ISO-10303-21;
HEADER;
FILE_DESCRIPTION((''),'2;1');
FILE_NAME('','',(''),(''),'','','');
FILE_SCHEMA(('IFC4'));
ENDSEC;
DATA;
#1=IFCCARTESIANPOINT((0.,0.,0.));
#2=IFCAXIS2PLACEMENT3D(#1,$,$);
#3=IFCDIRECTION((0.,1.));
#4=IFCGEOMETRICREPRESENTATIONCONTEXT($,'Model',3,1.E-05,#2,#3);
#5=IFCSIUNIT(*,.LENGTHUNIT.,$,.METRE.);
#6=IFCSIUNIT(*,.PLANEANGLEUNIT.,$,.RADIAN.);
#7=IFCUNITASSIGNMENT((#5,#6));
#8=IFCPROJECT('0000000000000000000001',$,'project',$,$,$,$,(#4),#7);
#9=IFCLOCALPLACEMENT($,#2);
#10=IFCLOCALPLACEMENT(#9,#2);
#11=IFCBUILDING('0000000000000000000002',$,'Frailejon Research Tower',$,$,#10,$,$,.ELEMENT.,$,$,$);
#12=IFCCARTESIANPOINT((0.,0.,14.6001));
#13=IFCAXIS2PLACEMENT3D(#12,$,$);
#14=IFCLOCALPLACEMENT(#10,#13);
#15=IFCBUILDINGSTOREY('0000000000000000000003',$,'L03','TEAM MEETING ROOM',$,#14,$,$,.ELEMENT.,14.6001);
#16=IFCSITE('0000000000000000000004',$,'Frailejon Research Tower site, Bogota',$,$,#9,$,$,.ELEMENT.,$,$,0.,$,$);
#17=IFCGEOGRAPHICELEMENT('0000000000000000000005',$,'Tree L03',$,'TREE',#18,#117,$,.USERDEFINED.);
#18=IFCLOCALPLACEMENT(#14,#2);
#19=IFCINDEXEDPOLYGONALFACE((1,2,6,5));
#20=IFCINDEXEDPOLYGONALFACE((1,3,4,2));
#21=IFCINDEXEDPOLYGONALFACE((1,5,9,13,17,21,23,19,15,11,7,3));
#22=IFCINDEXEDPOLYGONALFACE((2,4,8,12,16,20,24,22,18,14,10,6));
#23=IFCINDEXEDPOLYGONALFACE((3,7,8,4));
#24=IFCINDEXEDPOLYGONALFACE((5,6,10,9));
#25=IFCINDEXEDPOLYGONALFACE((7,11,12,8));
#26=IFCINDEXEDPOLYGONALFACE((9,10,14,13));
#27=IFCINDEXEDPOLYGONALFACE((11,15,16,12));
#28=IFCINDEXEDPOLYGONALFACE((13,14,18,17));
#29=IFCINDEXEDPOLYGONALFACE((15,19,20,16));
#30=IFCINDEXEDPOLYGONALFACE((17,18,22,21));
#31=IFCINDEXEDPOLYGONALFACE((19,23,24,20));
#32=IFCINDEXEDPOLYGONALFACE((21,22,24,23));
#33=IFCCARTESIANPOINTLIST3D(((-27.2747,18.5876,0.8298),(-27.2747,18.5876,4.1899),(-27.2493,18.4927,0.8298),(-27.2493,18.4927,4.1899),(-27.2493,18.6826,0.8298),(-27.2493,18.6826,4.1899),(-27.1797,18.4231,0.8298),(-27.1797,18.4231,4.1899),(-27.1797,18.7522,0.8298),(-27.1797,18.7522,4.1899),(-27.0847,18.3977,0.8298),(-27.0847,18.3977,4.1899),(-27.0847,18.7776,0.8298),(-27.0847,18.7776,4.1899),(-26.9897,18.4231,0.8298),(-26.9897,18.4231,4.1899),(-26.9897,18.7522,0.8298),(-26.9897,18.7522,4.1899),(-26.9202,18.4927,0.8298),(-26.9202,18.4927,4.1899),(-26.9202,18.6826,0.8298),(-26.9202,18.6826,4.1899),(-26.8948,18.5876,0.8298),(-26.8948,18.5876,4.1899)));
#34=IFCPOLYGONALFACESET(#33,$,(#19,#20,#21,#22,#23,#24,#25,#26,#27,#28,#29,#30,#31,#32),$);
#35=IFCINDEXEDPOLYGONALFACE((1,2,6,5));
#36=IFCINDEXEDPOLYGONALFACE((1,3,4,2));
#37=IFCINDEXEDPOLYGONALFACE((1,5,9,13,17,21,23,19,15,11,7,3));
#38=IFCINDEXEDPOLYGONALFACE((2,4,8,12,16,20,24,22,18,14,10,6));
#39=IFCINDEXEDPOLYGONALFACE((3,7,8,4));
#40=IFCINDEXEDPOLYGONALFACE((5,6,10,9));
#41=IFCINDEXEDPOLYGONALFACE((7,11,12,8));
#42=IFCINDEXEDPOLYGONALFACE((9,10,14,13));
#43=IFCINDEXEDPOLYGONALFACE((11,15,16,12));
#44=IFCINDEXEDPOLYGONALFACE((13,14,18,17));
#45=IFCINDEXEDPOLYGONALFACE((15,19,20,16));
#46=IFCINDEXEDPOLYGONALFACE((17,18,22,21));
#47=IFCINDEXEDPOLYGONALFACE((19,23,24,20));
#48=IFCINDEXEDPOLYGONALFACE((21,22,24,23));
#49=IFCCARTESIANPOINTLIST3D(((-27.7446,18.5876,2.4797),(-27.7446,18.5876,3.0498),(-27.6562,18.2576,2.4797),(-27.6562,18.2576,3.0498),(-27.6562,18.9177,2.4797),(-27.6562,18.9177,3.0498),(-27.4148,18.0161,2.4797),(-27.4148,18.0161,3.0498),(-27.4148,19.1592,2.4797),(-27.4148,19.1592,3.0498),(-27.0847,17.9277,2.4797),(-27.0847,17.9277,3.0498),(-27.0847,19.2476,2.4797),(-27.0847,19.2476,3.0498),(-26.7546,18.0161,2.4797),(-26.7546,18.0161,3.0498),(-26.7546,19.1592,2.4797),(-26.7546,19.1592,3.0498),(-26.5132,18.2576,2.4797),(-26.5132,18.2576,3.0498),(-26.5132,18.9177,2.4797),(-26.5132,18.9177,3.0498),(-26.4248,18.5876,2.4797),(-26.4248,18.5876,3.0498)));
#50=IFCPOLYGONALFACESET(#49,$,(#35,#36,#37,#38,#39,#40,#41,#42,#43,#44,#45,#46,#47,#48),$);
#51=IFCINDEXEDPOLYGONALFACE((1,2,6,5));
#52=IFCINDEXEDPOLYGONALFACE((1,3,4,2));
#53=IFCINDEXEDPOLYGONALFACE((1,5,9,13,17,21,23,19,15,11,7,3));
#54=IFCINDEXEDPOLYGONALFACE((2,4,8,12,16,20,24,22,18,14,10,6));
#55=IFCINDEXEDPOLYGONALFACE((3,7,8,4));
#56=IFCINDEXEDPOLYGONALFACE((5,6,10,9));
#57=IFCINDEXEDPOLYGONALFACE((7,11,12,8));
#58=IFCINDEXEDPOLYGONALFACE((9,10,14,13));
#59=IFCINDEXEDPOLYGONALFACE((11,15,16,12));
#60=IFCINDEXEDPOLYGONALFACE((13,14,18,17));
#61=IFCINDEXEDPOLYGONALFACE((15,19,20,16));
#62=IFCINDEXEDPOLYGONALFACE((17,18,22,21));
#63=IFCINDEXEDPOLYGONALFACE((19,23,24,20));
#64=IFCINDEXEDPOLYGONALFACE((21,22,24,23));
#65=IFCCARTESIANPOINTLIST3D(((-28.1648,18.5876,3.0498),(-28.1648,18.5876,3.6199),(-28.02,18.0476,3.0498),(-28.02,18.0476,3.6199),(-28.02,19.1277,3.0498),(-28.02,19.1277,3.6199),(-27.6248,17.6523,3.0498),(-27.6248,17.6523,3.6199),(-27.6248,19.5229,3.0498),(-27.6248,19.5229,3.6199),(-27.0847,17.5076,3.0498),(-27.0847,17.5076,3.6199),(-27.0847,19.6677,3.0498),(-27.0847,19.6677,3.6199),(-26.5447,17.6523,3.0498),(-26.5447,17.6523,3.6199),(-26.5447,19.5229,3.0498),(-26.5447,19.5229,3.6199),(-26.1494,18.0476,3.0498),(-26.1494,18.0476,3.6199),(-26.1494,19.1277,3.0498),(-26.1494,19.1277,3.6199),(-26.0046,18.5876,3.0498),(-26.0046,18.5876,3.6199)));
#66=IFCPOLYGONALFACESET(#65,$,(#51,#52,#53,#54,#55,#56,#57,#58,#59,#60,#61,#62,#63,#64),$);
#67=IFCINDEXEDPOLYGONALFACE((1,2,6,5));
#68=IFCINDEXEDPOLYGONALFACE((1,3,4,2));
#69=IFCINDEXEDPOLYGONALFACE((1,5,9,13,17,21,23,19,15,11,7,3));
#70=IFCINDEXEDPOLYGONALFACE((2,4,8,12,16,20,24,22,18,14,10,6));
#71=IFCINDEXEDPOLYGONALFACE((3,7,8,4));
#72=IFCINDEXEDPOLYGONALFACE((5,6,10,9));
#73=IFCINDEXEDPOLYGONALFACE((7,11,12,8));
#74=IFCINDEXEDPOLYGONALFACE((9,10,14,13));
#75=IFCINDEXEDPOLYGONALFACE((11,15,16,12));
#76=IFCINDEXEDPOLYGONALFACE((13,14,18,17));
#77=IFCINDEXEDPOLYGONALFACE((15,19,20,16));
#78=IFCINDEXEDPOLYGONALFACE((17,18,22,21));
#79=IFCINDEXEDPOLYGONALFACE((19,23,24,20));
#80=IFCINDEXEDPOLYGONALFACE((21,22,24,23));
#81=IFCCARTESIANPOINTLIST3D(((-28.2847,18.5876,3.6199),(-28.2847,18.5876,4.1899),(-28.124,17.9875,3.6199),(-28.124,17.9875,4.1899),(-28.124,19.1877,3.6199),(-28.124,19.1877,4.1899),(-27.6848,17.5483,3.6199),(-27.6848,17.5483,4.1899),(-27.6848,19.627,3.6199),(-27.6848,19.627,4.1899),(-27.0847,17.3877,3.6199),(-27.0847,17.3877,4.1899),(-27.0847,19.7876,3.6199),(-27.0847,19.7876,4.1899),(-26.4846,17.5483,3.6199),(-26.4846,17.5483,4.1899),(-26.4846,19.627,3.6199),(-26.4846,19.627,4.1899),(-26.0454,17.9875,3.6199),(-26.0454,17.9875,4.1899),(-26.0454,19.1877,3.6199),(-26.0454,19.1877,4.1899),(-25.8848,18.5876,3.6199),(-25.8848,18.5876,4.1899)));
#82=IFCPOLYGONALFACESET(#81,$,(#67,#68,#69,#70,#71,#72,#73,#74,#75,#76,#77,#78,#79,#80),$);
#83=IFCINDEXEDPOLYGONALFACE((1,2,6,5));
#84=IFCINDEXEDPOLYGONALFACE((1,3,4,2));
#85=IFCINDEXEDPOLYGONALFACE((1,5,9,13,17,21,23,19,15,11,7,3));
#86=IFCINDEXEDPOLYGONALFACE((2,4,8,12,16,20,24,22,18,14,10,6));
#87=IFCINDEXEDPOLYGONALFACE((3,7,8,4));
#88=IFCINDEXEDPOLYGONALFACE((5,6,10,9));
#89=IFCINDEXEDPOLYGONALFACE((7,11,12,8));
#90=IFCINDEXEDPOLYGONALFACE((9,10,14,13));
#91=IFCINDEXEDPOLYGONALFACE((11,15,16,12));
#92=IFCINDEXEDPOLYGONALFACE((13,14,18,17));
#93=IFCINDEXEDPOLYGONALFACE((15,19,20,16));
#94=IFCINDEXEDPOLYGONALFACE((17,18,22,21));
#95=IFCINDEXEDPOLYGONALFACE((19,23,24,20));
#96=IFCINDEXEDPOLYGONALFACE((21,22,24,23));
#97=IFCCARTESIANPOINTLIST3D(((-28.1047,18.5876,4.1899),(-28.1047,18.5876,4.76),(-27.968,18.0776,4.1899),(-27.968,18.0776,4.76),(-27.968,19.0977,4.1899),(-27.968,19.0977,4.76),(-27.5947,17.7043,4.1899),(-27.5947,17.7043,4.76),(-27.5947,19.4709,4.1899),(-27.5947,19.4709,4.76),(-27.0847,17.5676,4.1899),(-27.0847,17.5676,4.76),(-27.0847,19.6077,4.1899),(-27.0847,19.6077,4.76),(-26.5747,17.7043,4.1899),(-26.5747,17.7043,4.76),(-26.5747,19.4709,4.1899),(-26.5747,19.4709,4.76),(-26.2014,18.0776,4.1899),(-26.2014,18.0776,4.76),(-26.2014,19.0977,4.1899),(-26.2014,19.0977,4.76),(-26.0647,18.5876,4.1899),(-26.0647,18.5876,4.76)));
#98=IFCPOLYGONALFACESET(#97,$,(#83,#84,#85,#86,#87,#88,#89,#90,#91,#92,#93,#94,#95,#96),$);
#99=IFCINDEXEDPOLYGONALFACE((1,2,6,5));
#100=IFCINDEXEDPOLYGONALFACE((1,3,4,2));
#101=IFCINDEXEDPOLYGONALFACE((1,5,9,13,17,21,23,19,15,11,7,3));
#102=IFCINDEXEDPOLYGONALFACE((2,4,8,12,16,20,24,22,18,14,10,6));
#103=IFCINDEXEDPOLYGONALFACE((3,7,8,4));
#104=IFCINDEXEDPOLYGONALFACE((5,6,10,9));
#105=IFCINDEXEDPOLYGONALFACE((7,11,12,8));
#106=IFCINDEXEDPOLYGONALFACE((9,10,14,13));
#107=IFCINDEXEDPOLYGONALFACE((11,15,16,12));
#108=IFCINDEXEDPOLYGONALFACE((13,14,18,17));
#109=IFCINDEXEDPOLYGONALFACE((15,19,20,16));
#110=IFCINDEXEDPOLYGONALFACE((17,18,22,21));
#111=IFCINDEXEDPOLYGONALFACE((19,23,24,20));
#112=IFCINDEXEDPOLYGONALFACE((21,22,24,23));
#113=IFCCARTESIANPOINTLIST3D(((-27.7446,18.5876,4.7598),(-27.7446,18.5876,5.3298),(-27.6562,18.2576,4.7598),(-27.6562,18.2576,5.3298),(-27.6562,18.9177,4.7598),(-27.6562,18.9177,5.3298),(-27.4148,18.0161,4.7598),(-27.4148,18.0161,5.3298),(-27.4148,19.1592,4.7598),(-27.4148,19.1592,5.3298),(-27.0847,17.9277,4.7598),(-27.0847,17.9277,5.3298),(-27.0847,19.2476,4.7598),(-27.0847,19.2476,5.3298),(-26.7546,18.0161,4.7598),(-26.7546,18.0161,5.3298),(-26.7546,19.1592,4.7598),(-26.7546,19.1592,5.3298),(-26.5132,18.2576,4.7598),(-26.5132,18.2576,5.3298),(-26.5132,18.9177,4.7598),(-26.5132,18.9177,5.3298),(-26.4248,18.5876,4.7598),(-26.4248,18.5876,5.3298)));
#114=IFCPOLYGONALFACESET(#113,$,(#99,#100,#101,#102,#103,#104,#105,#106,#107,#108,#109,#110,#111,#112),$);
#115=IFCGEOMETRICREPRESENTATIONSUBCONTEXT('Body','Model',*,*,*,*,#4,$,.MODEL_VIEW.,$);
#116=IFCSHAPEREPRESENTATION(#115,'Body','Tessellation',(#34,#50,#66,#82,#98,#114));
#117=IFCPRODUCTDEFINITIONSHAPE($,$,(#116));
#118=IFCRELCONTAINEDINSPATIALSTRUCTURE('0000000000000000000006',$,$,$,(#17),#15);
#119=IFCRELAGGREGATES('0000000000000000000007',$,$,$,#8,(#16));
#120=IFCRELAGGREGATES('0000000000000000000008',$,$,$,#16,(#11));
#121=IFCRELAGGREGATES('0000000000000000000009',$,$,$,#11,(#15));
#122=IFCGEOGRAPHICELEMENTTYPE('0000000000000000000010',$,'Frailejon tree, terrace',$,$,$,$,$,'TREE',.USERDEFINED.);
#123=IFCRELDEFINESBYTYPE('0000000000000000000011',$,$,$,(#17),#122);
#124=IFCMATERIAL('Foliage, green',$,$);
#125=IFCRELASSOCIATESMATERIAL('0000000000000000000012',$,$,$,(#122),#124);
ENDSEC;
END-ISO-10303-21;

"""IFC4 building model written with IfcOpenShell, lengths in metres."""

from ifc_helpers import new_model, si_unit, direction, frame, origin, place, context, subcontext, project, spatial, polyline, outline, extrude, material, type_object, element, save


model = new_model("IFC4")

# Units and contexts
model_context = context("Model", 3, precision=1e-05, world=origin(), true_north=direction((0.0, 1.0)))
body_context = subcontext(model_context, "Body", "Model", "MODEL_VIEW")
ifc_project = project(units=[si_unit("LENGTHUNIT", "METRE"), si_unit("PLANEANGLEUNIT", "RADIAN")], contexts=[model_context])

# Site, building, storey
site_placement = place(None, origin())
site = spatial("IfcSite", under=ifc_project, at=site_placement, Name="Frailejon Research Tower site, Bogota", CompositionType="ELEMENT", RefElevation=0.0)
building_placement = place(site_placement, origin())
building = spatial("IfcBuilding", under=site, at=building_placement, Name="Frailejon Research Tower", CompositionType="ELEMENT")
storey_placement = place(building_placement, frame((0.0, 0.0, 14.6001)))
storey = spatial("IfcBuildingStorey", under=building, at=storey_placement, Name="L03", Description="TEAM MEETING ROOM", CompositionType="ELEMENT", Elevation=14.6001)

# Geographic element
ifc_material_1 = material(Name="Foliage, green")
geographic_element_type = type_object("IfcGeographicElementType", Name="Frailejon tree, terrace", ElementType="TREE", PredefinedType="USERDEFINED", material=ifc_material_1)
geographic_element_placement = place(storey_placement, frame((-27.0847, 18.5876, 0.8298)))
element("IfcGeographicElement", 1, at=geographic_element_placement, inside=storey, type_object=geographic_element_type, Name="Tree L03", ObjectType="TREE", PredefinedType="USERDEFINED", context=body_context, shape_type="SweptSolid", body=[
    extrude(outline(polyline([(0.1899, 0.0), (0.1646, 0.095), (0.095, 0.1646), (0.0, 0.1899), (-0.095, 0.1646), (-0.1646, 0.095), (-0.1899, 0.0), (-0.1646, -0.095), (-0.095, -0.1646), (0.0, -0.1899), (0.095, -0.1646), (0.1646, -0.095), (0.1899, 0.0)])), origin(), (0.0, 0.0, 1.0), 3.3601),
    extrude(outline(polyline([(0.6599, 0.0), (0.5715, 0.3301), (0.3301, 0.5715), (0.0, 0.6599), (-0.3301, 0.5715), (-0.5715, 0.3301), (-0.6599, 0.0), (-0.5715, -0.3301), (-0.3301, -0.5715), (0.0, -0.6599), (0.3301, -0.5715), (0.5715, -0.3301), (0.6599, 0.0)])), frame((0.0, 0.0, 1.6499)), (0.0, 0.0, 1.0), 0.5701),
    extrude(outline(polyline([(1.0801, 0.0), (0.9353, 0.54), (0.54, 0.9353), (0.0, 1.0801), (-0.54, 0.9353), (-0.9353, 0.54), (-1.0801, 0.0), (-0.9353, -0.54), (-0.54, -0.9353), (0.0, -1.0801), (0.54, -0.9353), (0.9353, -0.54), (1.0801, 0.0)])), frame((0.0, 0.0, 2.22)), (0.0, 0.0, 1.0), 0.5701),
    extrude(outline(polyline([(1.2, 0.0), (1.0393, 0.6001), (0.6001, 1.0393), (0.0, 1.2), (-0.6001, 1.0393), (-1.0393, 0.6001), (-1.2, 0.0), (-1.0393, -0.6001), (-0.6001, -1.0393), (0.0, -1.2), (0.6001, -1.0393), (1.0393, -0.6001), (1.2, 0.0)])), frame((0.0, 0.0, 2.79)), (0.0, 0.0, 1.0), 0.5701),
    extrude(outline(polyline([(1.02, 0.0), (0.8833, 0.51), (0.51, 0.8833), (0.0, 1.02), (-0.51, 0.8833), (-0.8833, 0.51), (-1.02, 0.0), (-0.8833, -0.51), (-0.51, -0.8833), (0.0, -1.02), (0.51, -0.8833), (0.8833, -0.51), (1.02, 0.0)])), frame((0.0, 0.0, 3.3601)), (0.0, 0.0, 1.0), 0.5701),
    extrude(outline(polyline([(0.6599, 0.0), (0.5715, 0.3301), (0.3301, 0.5715), (0.0, 0.6599), (-0.3301, 0.5715), (-0.5715, 0.3301), (-0.6599, 0.0), (-0.5715, -0.3301), (-0.3301, -0.5715), (0.0, -0.6599), (0.3301, -0.5715), (0.5715, -0.3301), (0.6599, 0.0)])), frame((0.0, 0.0, 3.9299)), (0.0, 0.0, 1.0), 0.5701),
])

save(model, "model.ifc")
